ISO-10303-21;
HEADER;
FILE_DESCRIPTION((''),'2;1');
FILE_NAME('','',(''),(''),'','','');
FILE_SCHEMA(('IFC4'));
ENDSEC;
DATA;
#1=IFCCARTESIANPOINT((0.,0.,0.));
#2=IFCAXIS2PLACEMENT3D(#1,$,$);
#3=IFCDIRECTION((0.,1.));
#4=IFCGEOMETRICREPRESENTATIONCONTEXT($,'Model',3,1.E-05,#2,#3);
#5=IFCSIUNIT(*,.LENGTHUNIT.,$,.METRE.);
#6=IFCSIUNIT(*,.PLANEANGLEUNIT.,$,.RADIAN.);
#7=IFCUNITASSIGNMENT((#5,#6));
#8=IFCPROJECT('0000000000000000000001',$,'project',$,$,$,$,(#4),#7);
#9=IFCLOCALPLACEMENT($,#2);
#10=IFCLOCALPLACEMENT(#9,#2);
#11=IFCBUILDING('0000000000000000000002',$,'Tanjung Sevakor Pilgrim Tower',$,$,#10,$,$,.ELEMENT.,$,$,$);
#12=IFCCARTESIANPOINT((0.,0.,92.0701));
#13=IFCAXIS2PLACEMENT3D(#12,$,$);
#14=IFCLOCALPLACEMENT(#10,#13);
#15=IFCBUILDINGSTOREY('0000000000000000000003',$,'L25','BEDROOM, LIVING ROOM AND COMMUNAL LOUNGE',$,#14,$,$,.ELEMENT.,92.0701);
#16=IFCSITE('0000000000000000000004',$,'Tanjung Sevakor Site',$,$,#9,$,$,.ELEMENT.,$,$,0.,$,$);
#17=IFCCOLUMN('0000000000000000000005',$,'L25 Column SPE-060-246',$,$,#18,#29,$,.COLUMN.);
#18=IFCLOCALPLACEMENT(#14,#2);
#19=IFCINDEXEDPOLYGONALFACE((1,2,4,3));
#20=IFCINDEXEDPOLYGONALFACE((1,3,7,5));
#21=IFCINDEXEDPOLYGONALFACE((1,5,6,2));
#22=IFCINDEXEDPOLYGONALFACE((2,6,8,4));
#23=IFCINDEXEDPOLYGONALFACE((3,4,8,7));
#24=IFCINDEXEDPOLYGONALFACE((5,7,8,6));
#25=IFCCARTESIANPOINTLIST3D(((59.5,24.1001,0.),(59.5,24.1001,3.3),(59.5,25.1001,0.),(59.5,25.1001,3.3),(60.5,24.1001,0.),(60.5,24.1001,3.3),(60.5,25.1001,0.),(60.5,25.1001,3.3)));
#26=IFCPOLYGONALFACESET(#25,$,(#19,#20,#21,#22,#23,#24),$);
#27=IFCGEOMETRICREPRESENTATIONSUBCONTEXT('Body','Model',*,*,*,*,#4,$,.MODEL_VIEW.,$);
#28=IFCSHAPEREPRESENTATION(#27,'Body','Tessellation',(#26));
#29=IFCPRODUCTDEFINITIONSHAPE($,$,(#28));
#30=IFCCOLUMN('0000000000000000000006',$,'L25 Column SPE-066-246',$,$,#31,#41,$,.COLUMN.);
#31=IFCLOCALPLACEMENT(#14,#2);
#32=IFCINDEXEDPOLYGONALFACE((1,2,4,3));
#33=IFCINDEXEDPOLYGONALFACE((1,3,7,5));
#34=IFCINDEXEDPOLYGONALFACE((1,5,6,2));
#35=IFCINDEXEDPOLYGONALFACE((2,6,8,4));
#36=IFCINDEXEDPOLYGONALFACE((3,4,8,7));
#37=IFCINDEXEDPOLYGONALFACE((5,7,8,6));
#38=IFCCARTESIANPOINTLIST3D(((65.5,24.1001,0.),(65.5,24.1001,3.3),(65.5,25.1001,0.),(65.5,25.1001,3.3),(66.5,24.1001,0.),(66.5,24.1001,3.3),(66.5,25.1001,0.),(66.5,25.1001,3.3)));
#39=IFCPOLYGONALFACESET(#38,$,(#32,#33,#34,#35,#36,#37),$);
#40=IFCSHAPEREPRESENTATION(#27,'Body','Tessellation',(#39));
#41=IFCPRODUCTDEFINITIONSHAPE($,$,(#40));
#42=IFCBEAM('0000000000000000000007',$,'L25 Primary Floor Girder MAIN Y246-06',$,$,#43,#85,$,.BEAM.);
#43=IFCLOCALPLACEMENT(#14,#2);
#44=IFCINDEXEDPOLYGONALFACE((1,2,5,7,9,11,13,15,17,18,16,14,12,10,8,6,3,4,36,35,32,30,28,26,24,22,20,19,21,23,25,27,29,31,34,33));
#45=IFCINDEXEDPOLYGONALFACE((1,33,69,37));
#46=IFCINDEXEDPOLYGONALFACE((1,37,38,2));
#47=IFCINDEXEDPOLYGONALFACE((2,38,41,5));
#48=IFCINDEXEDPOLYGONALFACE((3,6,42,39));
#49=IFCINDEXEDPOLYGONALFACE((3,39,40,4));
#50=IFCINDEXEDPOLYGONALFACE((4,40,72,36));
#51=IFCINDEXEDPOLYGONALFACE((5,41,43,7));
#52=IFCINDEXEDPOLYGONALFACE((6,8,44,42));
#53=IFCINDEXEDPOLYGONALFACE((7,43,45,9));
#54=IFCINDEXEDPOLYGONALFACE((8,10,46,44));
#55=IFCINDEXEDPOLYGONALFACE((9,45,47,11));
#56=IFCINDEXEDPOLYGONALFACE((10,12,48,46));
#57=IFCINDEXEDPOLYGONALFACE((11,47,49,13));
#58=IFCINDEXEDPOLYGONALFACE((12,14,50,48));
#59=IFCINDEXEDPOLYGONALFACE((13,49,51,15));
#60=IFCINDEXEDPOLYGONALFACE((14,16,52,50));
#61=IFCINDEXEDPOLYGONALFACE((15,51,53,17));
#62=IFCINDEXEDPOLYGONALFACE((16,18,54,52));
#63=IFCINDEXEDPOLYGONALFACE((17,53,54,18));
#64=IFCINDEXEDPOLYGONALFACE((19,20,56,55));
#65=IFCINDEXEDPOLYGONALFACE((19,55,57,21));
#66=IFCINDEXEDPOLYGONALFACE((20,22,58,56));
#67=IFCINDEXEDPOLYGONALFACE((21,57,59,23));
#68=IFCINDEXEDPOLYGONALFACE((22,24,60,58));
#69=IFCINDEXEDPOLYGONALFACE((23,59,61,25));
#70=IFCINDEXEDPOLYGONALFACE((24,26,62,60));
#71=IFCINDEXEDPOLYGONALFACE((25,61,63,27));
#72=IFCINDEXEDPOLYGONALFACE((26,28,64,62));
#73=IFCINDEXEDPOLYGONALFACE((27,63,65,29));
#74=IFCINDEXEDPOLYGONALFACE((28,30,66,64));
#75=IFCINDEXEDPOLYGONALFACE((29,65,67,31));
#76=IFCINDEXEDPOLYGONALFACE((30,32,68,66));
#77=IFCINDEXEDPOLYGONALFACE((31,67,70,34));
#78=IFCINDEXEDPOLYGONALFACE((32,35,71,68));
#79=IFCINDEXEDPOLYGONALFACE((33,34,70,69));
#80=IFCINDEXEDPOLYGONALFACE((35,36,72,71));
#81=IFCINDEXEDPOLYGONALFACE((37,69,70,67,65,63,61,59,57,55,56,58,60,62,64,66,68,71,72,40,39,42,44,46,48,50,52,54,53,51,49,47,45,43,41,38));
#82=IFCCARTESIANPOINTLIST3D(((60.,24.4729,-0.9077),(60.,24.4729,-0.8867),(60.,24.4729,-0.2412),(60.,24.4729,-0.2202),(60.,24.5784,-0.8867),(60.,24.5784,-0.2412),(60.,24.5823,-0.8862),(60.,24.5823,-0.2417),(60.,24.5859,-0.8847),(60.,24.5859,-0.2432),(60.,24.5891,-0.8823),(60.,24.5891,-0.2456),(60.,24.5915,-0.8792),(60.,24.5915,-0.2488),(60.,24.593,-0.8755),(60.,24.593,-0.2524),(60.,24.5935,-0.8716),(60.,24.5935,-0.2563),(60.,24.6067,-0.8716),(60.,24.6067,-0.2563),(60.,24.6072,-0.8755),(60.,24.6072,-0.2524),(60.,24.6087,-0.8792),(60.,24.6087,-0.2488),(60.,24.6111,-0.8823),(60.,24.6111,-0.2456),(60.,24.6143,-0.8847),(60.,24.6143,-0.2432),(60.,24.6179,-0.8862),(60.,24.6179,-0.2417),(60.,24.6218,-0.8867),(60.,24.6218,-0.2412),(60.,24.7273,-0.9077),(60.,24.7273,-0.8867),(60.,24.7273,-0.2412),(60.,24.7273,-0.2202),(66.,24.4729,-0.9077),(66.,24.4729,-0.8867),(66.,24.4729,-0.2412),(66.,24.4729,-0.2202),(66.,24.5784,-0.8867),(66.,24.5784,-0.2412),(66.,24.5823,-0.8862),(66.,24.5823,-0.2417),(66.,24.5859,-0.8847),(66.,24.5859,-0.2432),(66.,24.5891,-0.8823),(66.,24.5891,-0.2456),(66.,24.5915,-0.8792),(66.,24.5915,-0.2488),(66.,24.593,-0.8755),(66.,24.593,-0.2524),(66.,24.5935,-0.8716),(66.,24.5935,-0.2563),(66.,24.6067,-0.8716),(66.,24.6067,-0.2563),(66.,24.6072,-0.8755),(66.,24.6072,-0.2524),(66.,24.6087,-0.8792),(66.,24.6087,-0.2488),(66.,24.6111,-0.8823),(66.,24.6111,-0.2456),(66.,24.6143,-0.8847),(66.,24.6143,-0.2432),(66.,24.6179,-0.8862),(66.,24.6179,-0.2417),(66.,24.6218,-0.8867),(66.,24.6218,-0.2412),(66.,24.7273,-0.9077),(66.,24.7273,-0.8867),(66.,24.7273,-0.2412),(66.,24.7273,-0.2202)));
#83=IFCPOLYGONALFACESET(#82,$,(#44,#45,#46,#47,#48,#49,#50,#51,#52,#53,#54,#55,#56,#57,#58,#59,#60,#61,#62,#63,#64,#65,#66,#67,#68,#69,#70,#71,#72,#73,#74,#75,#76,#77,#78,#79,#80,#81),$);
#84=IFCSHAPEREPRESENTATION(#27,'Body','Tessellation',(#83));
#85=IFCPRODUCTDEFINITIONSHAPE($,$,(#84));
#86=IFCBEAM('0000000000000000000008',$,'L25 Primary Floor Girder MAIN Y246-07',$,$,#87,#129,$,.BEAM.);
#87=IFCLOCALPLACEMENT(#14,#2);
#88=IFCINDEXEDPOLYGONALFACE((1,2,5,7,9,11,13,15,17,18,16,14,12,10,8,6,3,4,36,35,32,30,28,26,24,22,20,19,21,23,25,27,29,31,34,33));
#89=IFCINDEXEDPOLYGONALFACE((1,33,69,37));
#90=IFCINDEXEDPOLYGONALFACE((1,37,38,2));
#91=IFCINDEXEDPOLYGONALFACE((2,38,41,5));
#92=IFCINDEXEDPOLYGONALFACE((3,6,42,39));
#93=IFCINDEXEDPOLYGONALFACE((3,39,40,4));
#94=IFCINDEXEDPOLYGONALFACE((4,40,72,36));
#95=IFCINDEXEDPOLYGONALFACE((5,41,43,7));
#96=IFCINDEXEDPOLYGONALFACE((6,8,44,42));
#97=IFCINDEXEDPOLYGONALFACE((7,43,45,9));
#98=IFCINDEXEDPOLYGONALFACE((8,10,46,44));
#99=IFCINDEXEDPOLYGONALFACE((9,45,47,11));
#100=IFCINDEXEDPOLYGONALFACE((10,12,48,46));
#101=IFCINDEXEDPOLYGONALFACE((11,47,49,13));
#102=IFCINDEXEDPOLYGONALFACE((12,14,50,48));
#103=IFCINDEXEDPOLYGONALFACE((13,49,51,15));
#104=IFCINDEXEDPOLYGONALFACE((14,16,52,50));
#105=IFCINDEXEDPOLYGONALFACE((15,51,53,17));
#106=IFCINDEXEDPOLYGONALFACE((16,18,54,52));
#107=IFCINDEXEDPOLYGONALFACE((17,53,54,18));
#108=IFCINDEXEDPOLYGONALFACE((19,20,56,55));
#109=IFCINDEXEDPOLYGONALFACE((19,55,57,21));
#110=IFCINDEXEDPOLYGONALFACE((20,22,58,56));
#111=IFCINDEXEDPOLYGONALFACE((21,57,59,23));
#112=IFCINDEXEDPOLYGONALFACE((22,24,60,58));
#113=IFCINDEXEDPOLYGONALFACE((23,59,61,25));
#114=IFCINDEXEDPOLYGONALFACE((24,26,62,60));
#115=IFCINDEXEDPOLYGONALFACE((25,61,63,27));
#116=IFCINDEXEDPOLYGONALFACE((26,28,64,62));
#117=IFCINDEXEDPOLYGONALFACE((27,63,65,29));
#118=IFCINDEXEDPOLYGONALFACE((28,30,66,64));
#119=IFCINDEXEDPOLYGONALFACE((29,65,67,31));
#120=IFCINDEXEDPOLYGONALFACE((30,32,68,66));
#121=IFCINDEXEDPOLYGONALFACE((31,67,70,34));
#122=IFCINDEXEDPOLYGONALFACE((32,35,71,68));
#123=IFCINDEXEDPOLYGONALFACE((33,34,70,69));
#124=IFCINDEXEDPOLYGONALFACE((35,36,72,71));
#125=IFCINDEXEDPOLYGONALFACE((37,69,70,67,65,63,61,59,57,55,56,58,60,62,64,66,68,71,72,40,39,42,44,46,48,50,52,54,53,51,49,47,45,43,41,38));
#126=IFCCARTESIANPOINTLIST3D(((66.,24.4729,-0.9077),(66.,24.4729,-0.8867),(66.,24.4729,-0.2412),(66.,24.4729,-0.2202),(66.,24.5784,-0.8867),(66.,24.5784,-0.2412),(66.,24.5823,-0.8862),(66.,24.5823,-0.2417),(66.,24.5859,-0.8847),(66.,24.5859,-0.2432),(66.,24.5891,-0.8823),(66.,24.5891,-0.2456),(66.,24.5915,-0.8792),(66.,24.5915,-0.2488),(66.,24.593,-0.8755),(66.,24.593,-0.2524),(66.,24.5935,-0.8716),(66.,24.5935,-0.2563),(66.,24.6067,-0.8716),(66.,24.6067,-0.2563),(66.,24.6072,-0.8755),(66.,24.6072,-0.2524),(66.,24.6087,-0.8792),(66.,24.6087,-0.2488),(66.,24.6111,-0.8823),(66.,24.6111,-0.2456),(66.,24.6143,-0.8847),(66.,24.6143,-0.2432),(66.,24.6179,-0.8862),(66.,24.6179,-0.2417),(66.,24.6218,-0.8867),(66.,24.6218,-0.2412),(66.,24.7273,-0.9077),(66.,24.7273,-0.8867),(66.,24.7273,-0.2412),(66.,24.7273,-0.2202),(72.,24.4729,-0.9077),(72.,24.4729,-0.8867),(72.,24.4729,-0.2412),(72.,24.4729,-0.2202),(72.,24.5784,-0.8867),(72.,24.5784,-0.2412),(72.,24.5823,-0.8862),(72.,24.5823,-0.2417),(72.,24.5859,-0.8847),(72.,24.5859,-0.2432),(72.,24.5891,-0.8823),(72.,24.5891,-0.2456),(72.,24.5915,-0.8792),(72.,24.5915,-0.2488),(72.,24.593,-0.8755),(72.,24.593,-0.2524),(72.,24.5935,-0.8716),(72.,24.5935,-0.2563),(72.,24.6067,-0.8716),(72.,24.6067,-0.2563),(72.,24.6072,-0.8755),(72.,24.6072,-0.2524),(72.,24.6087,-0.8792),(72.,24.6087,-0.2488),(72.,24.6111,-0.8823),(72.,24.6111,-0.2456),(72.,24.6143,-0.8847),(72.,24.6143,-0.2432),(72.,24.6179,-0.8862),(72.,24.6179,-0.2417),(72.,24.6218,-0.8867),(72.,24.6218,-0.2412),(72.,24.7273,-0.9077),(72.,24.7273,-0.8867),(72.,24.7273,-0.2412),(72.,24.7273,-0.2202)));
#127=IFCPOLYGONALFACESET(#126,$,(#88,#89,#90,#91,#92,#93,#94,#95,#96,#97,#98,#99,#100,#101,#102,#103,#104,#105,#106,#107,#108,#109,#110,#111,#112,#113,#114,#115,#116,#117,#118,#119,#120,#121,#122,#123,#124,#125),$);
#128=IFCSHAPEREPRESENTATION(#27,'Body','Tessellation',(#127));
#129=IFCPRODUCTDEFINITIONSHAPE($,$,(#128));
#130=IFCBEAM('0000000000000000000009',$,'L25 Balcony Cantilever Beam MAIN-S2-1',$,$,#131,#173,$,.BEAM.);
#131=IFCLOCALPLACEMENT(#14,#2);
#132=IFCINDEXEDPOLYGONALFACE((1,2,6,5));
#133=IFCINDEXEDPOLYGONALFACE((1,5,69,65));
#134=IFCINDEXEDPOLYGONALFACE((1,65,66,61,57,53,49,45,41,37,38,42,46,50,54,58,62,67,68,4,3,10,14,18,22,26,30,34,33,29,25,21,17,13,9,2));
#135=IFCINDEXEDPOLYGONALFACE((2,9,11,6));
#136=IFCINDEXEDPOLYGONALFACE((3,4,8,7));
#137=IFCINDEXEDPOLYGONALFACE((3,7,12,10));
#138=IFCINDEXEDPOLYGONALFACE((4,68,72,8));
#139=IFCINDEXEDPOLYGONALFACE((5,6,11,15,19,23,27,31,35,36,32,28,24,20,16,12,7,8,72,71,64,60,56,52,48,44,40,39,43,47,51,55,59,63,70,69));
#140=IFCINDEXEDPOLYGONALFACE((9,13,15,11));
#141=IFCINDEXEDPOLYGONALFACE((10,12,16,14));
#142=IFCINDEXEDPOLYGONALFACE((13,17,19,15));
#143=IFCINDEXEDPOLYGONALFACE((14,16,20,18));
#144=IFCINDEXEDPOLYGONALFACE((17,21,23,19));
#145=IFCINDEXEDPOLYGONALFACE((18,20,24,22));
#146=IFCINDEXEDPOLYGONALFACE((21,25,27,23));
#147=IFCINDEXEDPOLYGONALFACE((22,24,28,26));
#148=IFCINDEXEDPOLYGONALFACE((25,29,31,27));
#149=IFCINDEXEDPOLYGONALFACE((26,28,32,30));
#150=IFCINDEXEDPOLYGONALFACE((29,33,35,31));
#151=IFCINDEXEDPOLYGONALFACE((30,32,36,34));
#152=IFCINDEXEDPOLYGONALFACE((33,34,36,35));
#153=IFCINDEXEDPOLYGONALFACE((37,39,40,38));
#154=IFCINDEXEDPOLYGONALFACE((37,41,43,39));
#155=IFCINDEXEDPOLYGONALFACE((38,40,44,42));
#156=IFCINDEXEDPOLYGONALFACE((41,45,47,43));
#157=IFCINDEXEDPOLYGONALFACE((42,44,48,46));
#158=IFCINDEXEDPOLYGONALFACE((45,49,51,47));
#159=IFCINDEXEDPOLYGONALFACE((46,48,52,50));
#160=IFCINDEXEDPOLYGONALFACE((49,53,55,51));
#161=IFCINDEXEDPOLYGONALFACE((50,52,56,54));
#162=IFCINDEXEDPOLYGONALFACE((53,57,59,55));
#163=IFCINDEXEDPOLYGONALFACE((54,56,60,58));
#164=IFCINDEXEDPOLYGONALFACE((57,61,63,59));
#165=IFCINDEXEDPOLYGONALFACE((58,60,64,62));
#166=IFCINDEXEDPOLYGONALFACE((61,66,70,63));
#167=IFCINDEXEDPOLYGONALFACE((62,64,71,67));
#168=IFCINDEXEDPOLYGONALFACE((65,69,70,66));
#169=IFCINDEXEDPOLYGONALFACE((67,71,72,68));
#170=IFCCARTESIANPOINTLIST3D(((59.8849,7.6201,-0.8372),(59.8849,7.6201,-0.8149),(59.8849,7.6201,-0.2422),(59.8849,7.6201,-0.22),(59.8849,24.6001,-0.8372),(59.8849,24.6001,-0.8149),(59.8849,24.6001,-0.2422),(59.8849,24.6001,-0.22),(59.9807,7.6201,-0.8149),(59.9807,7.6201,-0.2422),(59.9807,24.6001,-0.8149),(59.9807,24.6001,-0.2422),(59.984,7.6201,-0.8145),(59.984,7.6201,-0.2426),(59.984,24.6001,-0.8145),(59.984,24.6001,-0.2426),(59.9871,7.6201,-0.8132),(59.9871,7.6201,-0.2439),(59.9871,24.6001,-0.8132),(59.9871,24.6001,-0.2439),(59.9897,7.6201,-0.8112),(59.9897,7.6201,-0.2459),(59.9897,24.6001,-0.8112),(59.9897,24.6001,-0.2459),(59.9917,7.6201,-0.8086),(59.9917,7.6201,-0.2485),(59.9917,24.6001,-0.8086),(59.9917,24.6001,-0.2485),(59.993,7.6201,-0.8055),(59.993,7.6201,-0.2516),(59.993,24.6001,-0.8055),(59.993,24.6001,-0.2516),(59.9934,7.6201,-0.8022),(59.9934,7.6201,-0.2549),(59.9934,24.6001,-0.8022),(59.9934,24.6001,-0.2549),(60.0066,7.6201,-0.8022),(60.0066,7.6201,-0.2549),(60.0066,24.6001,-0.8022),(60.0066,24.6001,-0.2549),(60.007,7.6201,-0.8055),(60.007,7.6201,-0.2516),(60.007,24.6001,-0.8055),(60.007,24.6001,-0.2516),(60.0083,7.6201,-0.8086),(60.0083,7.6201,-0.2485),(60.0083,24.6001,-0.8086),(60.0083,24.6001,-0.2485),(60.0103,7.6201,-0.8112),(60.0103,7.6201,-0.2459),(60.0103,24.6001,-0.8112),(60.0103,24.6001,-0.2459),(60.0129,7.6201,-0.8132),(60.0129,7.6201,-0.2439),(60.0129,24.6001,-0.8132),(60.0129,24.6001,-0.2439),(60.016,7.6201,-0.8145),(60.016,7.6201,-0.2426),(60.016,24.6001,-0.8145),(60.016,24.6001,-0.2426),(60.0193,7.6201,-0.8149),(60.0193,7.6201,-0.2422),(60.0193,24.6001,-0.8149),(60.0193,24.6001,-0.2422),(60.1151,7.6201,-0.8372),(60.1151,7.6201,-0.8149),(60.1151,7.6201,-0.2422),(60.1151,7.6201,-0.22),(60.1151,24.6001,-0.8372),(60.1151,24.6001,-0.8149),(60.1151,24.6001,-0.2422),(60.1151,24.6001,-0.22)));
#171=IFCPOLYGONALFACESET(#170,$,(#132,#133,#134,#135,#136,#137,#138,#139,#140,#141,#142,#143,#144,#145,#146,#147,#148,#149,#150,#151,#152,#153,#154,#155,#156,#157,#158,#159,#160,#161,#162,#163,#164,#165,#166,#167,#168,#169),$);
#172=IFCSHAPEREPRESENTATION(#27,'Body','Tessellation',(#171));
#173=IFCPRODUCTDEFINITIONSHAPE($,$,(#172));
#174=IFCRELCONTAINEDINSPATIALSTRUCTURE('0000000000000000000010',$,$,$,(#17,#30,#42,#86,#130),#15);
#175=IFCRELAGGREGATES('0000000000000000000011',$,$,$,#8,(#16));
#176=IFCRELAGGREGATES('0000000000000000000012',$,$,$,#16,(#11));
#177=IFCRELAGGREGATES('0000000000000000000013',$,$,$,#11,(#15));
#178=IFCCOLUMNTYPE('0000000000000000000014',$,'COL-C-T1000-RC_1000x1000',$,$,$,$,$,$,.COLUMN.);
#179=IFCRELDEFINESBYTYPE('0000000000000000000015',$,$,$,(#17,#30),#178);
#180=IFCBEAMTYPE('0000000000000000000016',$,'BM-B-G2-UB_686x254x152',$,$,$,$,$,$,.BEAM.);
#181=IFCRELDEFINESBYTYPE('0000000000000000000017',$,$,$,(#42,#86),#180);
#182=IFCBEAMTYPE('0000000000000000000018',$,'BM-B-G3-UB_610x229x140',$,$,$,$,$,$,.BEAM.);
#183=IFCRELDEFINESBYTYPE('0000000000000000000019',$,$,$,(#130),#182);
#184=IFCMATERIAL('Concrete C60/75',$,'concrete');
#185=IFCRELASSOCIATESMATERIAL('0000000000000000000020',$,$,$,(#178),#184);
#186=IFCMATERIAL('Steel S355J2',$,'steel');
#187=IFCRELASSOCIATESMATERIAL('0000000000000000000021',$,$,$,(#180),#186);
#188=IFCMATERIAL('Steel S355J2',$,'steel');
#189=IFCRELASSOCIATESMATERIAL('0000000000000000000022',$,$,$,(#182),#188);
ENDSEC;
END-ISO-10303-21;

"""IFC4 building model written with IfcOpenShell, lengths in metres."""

from ifc_helpers import new_model, si_unit, direction, frame, origin, origin_2d, place, context, subcontext, project, spatial, rectangle, i_section, extrude, material, material_profile, profile_set, type_object, element, save


model = new_model("IFC4")

# Units and contexts
model_context = context("Model", 3, precision=1e-05, world=origin(), true_north=direction((0.0, 1.0)))
body_context = subcontext(model_context, "Body", "Model", "MODEL_VIEW")
ifc_project = project(units=[si_unit("LENGTHUNIT", "METRE"), si_unit("PLANEANGLEUNIT", "RADIAN")], contexts=[model_context])

# Site, building, storey
site_placement = place(None, origin())
site = spatial("IfcSite", under=ifc_project, at=site_placement, Name="Tanjung Sevakor Site", CompositionType="ELEMENT", RefElevation=0.0)
building_placement = place(site_placement, origin())
building = spatial("IfcBuilding", under=site, at=building_placement, Name="Tanjung Sevakor Pilgrim Tower", CompositionType="ELEMENT")
storey_placement = place(building_placement, frame((0.0, 0.0, 92.0701)))
storey = spatial("IfcBuildingStorey", under=building, at=storey_placement, Name="L25", Description="BEDROOM, LIVING ROOM AND COMMUNAL LOUNGE", CompositionType="ELEMENT", Elevation=92.0701)

# Columns
ifc_material_1 = material(Name="Concrete C60/75", Category="concrete")
ifc_material_profile_1 = material_profile(ifc_material_1, rectangle(XDim=1.0, YDim=1.0, at=origin_2d()))
ifc_profile_set_1 = profile_set([ifc_material_profile_1], Name="Concrete C60/75")
column_type = type_object("IfcColumnType", Name="COL-C-T1000-RC_1000x1000", PredefinedType="COLUMN", material=ifc_profile_set_1)
for number, where, z_axis, x_axis, name in (
    (1, (60.0, 24.6001, 0.0), (0.0, 0.0, 1.0), (1.0, 0.0, 0.0), "L25 Column SPE-060-246"),
    (2, (66.0, 24.6001, 0.0), (0.0, 0.0, 1.0), (1.0, 0.0, 0.0), "L25 Column SPE-066-246"),
):
    element("IfcColumn", number, at=place(storey_placement, frame(where, z_axis=z_axis, x_axis=x_axis)), inside=storey, type_object=column_type, Name=name, PredefinedType="COLUMN", context=body_context, shape_type="SweptSolid", body=[
        extrude(rectangle(XDim=1.0, YDim=1.0, at=origin_2d()), origin(), (0.0, 0.0, 1.0), 3.3),
    ])

# Beams
ifc_material_2 = material(Name="Steel S355J2", Category="steel")
ifc_material_profile_2 = material_profile(ifc_material_2, i_section(OverallWidth=0.2544, OverallDepth=0.6875, WebThickness=0.0132, FlangeThickness=0.021, FilletRadius=0.0151, at=origin_2d()))
ifc_profile_set_2 = profile_set([ifc_material_profile_2], Name="Steel S355J2")
beam_type_1 = type_object("IfcBeamType", Name="BM-B-G2-UB_686x254x152", PredefinedType="BEAM", material=ifc_profile_set_2)
for number, where, z_axis, x_axis, name in (
    (3, (60.0, 24.6001, -0.564), (1.0, 0.0, 0.0), (0.0, 1.0, 0.0), "L25 Primary Floor Girder MAIN Y246-06"),
    (4, (66.0, 24.6001, -0.564), (1.0, 0.0, 0.0), (0.0, 1.0, 0.0), "L25 Primary Floor Girder MAIN Y246-07"),
):
    element("IfcBeam", number, at=place(storey_placement, frame(where, z_axis=z_axis, x_axis=x_axis)), inside=storey, type_object=beam_type_1, Name=name, PredefinedType="BEAM", context=body_context, shape_type="SweptSolid", body=[
        extrude(i_section(OverallWidth=0.2544, OverallDepth=0.6875, WebThickness=0.0132, FlangeThickness=0.021, FilletRadius=0.0151, at=origin_2d()), origin(), (0.0, 0.0, 1.0), 6.0),
    ])
ifc_material_3 = material(Name="Steel S355J2", Category="steel")
ifc_material_profile_3 = material_profile(ifc_material_3, i_section(OverallWidth=0.2302, OverallDepth=0.6172, WebThickness=0.0132, FlangeThickness=0.0222, FilletRadius=0.0127, at=origin_2d()))
ifc_profile_set_3 = profile_set([ifc_material_profile_3], Name="Steel S355J2")
beam_type_2 = type_object("IfcBeamType", Name="BM-B-G3-UB_610x229x140", PredefinedType="BEAM", material=ifc_profile_set_3)
for number, where, z_axis, x_axis, name in (
    (5, (60.0, 24.6001, -0.5286), (0.0, -1.0, 0.0), (1.0, 0.0, 0.0), "L25 Balcony Cantilever Beam MAIN-S2-1"),
):
    element("IfcBeam", number, at=place(storey_placement, frame(where, z_axis=z_axis, x_axis=x_axis)), inside=storey, type_object=beam_type_2, Name=name, PredefinedType="BEAM", context=body_context, shape_type="SweptSolid", body=[
        extrude(i_section(OverallWidth=0.2302, OverallDepth=0.6172, WebThickness=0.0132, FlangeThickness=0.0222, FilletRadius=0.0127, at=origin_2d()), origin(), (0.0, 0.0, 1.0), 16.98),
    ])

save(model, "model.ifc")
